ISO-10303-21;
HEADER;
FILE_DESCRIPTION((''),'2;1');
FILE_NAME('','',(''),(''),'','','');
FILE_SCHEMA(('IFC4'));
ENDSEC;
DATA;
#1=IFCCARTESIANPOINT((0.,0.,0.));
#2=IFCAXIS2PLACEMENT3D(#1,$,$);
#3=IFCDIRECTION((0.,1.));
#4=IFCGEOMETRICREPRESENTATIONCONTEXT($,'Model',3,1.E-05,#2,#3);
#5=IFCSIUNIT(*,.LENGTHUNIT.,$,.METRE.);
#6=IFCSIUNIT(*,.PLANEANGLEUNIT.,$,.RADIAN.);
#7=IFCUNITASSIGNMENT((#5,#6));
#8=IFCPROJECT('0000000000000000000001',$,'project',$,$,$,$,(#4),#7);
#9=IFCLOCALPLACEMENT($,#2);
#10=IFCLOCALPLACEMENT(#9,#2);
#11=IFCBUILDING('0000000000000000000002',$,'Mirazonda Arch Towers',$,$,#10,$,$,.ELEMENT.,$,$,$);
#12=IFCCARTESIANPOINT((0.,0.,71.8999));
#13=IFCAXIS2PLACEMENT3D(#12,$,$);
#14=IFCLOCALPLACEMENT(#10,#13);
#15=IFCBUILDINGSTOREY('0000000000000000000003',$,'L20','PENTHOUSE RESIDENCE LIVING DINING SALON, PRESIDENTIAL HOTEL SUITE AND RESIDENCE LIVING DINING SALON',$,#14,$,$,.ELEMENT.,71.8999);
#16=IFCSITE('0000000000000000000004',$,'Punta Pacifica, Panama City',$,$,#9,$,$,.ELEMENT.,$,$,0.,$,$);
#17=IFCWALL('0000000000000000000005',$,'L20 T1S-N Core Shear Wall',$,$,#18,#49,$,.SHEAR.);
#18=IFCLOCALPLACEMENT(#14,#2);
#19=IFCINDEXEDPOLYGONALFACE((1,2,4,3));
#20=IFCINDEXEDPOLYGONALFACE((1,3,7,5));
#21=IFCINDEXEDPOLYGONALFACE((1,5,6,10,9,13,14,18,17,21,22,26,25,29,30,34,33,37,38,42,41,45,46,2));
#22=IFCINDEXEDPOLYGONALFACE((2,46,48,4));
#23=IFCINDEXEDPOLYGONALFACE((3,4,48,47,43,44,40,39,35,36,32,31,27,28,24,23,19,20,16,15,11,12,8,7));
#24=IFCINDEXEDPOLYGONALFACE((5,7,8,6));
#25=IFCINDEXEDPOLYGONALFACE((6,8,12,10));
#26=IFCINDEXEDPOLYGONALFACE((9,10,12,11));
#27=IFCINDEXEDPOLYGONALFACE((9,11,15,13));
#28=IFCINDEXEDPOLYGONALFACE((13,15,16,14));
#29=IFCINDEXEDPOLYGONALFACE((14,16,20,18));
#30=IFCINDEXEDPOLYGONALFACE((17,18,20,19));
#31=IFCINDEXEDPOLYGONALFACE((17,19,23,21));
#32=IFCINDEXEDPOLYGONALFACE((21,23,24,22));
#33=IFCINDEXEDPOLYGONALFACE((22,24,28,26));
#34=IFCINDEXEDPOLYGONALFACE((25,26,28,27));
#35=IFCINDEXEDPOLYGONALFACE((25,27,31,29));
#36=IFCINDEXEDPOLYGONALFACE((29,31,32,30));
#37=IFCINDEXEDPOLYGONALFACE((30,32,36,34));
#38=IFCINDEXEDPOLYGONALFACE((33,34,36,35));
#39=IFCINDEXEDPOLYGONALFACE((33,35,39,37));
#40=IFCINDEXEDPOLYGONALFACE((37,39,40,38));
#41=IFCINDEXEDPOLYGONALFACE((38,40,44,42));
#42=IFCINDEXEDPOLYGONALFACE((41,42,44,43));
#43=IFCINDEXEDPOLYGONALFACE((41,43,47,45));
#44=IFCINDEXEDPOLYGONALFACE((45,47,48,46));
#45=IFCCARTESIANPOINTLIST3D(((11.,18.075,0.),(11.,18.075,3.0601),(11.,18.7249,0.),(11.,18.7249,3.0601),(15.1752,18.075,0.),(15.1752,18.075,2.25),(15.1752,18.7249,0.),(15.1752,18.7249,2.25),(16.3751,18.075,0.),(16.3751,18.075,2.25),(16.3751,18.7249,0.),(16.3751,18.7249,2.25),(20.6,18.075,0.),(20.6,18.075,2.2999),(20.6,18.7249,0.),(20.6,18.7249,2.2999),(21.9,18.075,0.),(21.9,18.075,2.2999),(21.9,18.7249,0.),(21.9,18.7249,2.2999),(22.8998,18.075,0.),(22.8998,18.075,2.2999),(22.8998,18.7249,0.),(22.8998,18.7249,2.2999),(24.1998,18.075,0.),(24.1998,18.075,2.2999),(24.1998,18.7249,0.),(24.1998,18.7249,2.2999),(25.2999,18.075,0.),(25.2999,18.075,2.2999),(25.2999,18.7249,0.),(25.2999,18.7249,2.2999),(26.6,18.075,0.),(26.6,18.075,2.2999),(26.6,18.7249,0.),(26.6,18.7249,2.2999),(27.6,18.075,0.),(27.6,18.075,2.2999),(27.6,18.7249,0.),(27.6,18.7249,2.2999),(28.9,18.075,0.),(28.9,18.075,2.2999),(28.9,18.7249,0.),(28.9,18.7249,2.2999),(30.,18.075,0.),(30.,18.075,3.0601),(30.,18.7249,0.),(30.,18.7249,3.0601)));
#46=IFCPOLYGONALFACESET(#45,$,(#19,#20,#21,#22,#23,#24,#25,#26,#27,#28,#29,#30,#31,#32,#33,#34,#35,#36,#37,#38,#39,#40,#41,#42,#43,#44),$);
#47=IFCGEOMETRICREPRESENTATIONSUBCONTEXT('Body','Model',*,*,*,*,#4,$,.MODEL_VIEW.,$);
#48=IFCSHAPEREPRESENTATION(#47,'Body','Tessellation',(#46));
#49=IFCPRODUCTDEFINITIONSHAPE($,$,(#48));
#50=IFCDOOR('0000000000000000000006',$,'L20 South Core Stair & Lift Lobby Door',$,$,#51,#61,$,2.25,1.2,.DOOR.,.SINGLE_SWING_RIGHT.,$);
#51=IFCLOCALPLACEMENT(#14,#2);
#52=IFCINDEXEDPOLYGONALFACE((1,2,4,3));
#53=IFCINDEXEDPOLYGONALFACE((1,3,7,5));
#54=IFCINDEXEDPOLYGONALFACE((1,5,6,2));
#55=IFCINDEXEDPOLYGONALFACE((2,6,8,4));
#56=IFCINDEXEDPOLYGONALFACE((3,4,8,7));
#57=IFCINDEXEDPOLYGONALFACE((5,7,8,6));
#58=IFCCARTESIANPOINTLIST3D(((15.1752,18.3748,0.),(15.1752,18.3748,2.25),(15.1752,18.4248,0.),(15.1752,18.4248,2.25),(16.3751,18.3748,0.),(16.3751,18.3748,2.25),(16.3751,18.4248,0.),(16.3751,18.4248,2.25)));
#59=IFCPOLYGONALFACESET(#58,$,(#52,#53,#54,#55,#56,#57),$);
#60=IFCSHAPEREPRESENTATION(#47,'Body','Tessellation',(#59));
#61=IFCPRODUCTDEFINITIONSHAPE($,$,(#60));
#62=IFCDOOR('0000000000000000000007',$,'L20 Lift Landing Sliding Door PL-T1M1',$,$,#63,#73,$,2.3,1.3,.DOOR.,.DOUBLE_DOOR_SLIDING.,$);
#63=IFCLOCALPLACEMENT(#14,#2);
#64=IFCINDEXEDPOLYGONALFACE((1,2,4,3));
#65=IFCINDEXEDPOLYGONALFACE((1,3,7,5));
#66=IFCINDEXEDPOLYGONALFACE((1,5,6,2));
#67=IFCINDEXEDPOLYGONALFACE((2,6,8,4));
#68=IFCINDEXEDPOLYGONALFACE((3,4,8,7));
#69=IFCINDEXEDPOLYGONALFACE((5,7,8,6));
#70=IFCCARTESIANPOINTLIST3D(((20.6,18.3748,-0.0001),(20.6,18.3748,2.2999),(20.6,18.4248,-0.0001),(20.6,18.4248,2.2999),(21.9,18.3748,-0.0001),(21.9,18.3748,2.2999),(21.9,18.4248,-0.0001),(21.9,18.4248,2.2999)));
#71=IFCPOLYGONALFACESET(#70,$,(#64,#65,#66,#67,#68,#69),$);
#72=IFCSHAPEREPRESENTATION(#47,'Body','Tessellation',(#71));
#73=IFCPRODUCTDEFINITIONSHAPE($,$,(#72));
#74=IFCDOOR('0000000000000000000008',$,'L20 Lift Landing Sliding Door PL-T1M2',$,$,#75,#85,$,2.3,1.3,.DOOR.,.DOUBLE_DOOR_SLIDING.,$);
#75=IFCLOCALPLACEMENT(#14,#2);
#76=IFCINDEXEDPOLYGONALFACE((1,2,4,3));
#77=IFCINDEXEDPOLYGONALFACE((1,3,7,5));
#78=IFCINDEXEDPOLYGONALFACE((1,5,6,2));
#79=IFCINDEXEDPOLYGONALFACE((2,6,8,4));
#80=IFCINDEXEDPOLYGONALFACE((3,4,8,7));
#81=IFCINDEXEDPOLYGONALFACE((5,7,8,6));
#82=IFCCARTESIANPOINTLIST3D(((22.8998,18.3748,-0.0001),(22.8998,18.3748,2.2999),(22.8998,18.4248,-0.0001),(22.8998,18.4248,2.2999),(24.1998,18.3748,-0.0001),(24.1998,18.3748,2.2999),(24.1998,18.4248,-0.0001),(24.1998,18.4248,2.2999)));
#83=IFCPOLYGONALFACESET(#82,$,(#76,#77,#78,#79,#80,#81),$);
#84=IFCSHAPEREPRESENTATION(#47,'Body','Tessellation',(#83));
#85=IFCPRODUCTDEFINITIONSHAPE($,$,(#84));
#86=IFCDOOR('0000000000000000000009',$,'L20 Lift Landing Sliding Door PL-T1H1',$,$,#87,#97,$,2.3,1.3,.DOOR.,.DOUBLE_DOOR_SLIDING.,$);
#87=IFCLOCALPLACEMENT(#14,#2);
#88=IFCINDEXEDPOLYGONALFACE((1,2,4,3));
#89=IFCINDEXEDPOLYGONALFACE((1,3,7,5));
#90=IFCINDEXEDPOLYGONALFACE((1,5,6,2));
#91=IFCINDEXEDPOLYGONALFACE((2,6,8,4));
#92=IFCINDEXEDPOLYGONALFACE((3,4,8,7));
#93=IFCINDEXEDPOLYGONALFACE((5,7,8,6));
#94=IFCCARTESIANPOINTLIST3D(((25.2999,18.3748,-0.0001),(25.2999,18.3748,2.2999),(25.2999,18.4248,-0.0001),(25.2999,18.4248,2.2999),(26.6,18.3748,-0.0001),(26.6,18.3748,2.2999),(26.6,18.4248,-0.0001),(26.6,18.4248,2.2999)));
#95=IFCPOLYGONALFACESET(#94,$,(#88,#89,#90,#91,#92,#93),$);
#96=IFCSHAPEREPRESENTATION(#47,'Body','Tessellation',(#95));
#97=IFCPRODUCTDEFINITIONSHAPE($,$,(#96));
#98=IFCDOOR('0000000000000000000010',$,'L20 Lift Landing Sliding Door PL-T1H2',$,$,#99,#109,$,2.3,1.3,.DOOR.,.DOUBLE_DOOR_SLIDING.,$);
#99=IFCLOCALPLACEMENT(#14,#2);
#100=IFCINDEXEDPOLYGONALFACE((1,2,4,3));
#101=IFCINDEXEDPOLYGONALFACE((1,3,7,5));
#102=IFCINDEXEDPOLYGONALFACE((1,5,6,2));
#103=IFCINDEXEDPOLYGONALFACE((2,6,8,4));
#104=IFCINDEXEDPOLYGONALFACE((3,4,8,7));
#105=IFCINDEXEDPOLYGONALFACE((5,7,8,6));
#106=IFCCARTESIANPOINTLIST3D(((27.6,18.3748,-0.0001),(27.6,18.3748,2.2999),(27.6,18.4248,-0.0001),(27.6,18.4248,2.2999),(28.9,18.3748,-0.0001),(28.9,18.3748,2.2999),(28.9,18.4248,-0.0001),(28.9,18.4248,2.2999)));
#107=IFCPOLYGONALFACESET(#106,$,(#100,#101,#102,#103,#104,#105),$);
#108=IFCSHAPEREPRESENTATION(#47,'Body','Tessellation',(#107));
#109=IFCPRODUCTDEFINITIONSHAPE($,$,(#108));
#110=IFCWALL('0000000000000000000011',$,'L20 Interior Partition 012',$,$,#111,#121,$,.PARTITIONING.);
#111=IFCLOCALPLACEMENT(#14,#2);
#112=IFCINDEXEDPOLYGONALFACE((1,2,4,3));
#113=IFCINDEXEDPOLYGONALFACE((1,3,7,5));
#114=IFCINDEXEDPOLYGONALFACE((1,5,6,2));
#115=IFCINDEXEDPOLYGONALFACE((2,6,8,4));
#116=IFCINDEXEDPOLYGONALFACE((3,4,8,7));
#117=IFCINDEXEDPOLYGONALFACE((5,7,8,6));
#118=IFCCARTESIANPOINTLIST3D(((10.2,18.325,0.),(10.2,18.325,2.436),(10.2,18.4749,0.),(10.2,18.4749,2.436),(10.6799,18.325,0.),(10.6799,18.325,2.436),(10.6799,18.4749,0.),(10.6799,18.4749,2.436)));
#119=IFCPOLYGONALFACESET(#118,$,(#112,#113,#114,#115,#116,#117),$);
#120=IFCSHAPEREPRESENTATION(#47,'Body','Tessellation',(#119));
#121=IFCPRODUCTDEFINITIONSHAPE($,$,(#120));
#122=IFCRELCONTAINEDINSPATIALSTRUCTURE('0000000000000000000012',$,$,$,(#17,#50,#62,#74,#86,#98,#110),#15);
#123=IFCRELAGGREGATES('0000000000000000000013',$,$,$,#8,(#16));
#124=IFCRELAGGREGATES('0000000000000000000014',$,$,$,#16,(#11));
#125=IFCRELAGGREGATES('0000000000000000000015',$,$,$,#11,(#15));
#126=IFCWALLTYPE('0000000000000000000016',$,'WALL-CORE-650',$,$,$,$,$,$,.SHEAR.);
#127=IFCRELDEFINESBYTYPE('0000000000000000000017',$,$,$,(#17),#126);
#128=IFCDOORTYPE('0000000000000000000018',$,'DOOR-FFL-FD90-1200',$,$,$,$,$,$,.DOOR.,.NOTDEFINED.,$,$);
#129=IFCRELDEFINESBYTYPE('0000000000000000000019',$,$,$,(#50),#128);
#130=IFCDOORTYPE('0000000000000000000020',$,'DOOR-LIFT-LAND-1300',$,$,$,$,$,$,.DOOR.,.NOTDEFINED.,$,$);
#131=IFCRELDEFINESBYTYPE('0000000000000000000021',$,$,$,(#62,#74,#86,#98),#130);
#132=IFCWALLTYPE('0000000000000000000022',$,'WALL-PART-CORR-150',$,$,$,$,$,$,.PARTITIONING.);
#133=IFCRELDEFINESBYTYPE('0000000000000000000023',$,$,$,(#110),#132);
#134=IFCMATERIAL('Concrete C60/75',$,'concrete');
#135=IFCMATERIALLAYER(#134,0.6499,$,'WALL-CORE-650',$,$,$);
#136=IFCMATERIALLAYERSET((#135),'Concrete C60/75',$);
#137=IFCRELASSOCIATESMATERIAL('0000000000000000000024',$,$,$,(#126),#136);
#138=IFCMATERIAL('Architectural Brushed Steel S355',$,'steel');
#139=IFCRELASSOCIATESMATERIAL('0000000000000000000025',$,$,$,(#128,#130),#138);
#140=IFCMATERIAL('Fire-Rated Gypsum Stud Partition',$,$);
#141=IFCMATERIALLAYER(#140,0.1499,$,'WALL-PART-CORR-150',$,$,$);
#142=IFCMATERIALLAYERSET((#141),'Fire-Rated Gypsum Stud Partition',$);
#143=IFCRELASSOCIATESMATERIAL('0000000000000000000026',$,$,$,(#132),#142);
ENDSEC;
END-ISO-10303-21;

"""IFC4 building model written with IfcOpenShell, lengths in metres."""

from ifc_helpers import new_model, si_unit, direction, frame, frame_2d, origin, place, context, subcontext, project, spatial, rectangle, extrude, material, layer, layer_set, type_object, element, fill, save


model = new_model("IFC4")

# Units and contexts
model_context = context("Model", 3, precision=1e-05, world=origin(), true_north=direction((0.0, 1.0)))
body_context = subcontext(model_context, "Body", "Model", "MODEL_VIEW")
ifc_project = project(units=[si_unit("LENGTHUNIT", "METRE"), si_unit("PLANEANGLEUNIT", "RADIAN")], contexts=[model_context])

# Site, building, storey
site_placement = place(None, origin())
site = spatial("IfcSite", under=ifc_project, at=site_placement, Name="Punta Pacifica, Panama City", CompositionType="ELEMENT", RefElevation=0.0)
building_placement = place(site_placement, origin())
building = spatial("IfcBuilding", under=site, at=building_placement, Name="Mirazonda Arch Towers", CompositionType="ELEMENT")
storey_placement = place(building_placement, frame((0.0, 0.0, 71.8999)))
storey = spatial("IfcBuildingStorey", under=building, at=storey_placement, Name="L20", Description="PENTHOUSE RESIDENCE LIVING DINING SALON, PRESIDENTIAL HOTEL SUITE AND RESIDENCE LIVING DINING SALON", CompositionType="ELEMENT", Elevation=71.8999)

# Shared definitions
ifc_material_1 = material(Name="Concrete C60/75", Category="concrete")

# Shared definitions
ifc_material_2 = material(Name="Architectural Brushed Steel S355", Category="steel")

# Wall, openings, doors
ifc_layer_1 = layer(ifc_material_1, 0.6499, Name="WALL-CORE-650")
ifc_layer_set_1 = layer_set([ifc_layer_1], Name="Concrete C60/75")
wall_type_1 = type_object("IfcWallType", Name="WALL-CORE-650", PredefinedType="SHEAR", material=ifc_layer_set_1)
wall_1_placement = place(storey_placement, frame((11.0, 18.3999, 0.0), z_axis=(0.0, 0.0, 1.0), x_axis=(1.0, 0.0, 0.0)))
wall_1 = element("IfcWall", 1, at=wall_1_placement, inside=storey, type_object=wall_type_1, Name="L20 T1S-N Core Shear Wall", PredefinedType="SHEAR", context=body_context, shape_type="SweptSolid", body=[
    extrude(rectangle(XDim=19.0, YDim=0.6499, at=frame_2d((9.5, 0.0))), origin(), (0.0, 0.0, 1.0), 3.0601),
])
opening_1_placement = place(wall_1_placement, frame((4.175, 0.0, 0.0)))
opening_1 = element("IfcOpeningElement", 2, at=opening_1_placement, cuts=wall_1, PredefinedType="OPENING", context=body_context, shape_type="SweptSolid", body=[
    extrude(rectangle(XDim=1.2, YDim=2.25, at=frame_2d((0.6001, 1.125))), frame((0.0, 0.335, 0.0), z_axis=(0.0, -1.0, 0.0), x_axis=(1.0, 0.0, 0.0)), (0.0, 0.0, 1.0), 0.6699),
])
opening_2_placement = place(wall_1_placement, frame((9.6001, 0.0, 0.0)))
opening_2 = element("IfcOpeningElement", 3, at=opening_2_placement, cuts=wall_1, PredefinedType="OPENING", context=body_context, shape_type="SweptSolid", body=[
    extrude(rectangle(XDim=1.3, YDim=2.3, at=frame_2d((0.6499, 1.1499))), frame((0.0, 0.335, 0.0), z_axis=(0.0, -1.0, 0.0), x_axis=(1.0, 0.0, 0.0)), (0.0, 0.0, 1.0), 0.6699),
])
opening_3_placement = place(wall_1_placement, frame((11.8999, 0.0, 0.0)))
opening_3 = element("IfcOpeningElement", 4, at=opening_3_placement, cuts=wall_1, PredefinedType="OPENING", context=body_context, shape_type="SweptSolid", body=[
    extrude(rectangle(XDim=1.3, YDim=2.3, at=frame_2d((0.6499, 1.1499))), frame((0.0, 0.335, 0.0), z_axis=(0.0, -1.0, 0.0), x_axis=(1.0, 0.0, 0.0)), (0.0, 0.0, 1.0), 0.6699),
])
opening_4_placement = place(wall_1_placement, frame((14.3, 0.0, 0.0)))
opening_4 = element("IfcOpeningElement", 5, at=opening_4_placement, cuts=wall_1, PredefinedType="OPENING", context=body_context, shape_type="SweptSolid", body=[
    extrude(rectangle(XDim=1.3, YDim=2.3, at=frame_2d((0.6499, 1.1499))), frame((0.0, 0.335, 0.0), z_axis=(0.0, -1.0, 0.0), x_axis=(1.0, 0.0, 0.0)), (0.0, 0.0, 1.0), 0.6699),
])
opening_5_placement = place(wall_1_placement, frame((16.6001, 0.0, 0.0)))
opening_5 = element("IfcOpeningElement", 6, at=opening_5_placement, cuts=wall_1, PredefinedType="OPENING", context=body_context, shape_type="SweptSolid", body=[
    extrude(rectangle(XDim=1.3, YDim=2.3, at=frame_2d((0.6499, 1.1499))), frame((0.0, 0.335, 0.0), z_axis=(0.0, -1.0, 0.0), x_axis=(1.0, 0.0, 0.0)), (0.0, 0.0, 1.0), 0.6699),
])
door_type_1 = type_object("IfcDoorType", Name="DOOR-FFL-FD90-1200", OperationType="NOTDEFINED", PredefinedType="DOOR", material=ifc_material_2)
door_1_placement = place(opening_1_placement, origin())
door_1 = element("IfcDoor", 7, at=door_1_placement, inside=storey, type_object=door_type_1, Name="L20 South Core Stair & Lift Lobby Door", OperationType="SINGLE_SWING_RIGHT", OverallHeight=2.25, OverallWidth=1.2, PredefinedType="DOOR", context=body_context, shape_type="SweptSolid", body=[
    extrude(rectangle(XDim=1.2, YDim=2.25, at=frame_2d((0.6001, 1.125))), frame((0.0, 0.0249, 0.0), z_axis=(0.0, -1.0, 0.0), x_axis=(1.0, 0.0, 0.0)), (0.0, 0.0, 1.0), 0.05),
])
fill(opening_1, door_1)
door_type_2 = type_object("IfcDoorType", Name="DOOR-LIFT-LAND-1300", OperationType="NOTDEFINED", PredefinedType="DOOR", material=ifc_material_2)
door_2_placement = place(opening_2_placement, origin())
door_2 = element("IfcDoor", 8, at=door_2_placement, inside=storey, type_object=door_type_2, Name="L20 Lift Landing Sliding Door PL-T1M1", OperationType="DOUBLE_DOOR_SLIDING", OverallHeight=2.3, OverallWidth=1.3, PredefinedType="DOOR", context=body_context, shape_type="SweptSolid", body=[
    extrude(rectangle(XDim=1.3, YDim=2.3, at=frame_2d((0.6499, 1.1499))), frame((0.0, 0.0249, 0.0), z_axis=(0.0, -1.0, 0.0), x_axis=(1.0, 0.0, 0.0)), (0.0, 0.0, 1.0), 0.05),
])
fill(opening_2, door_2)
door_3_placement = place(opening_3_placement, origin())
door_3 = element("IfcDoor", 9, at=door_3_placement, inside=storey, type_object=door_type_2, Name="L20 Lift Landing Sliding Door PL-T1M2", OperationType="DOUBLE_DOOR_SLIDING", OverallHeight=2.3, OverallWidth=1.3, PredefinedType="DOOR", context=body_context, shape_type="SweptSolid", body=[
    extrude(rectangle(XDim=1.3, YDim=2.3, at=frame_2d((0.6499, 1.1499))), frame((0.0, 0.0249, 0.0), z_axis=(0.0, -1.0, 0.0), x_axis=(1.0, 0.0, 0.0)), (0.0, 0.0, 1.0), 0.05),
])
fill(opening_3, door_3)
door_4_placement = place(opening_4_placement, origin())
door_4 = element("IfcDoor", 10, at=door_4_placement, inside=storey, type_object=door_type_2, Name="L20 Lift Landing Sliding Door PL-T1H1", OperationType="DOUBLE_DOOR_SLIDING", OverallHeight=2.3, OverallWidth=1.3, PredefinedType="DOOR", context=body_context, shape_type="SweptSolid", body=[
    extrude(rectangle(XDim=1.3, YDim=2.3, at=frame_2d((0.6499, 1.1499))), frame((0.0, 0.0249, 0.0), z_axis=(0.0, -1.0, 0.0), x_axis=(1.0, 0.0, 0.0)), (0.0, 0.0, 1.0), 0.05),
])
fill(opening_4, door_4)
door_5_placement = place(opening_5_placement, origin())
door_5 = element("IfcDoor", 11, at=door_5_placement, inside=storey, type_object=door_type_2, Name="L20 Lift Landing Sliding Door PL-T1H2", OperationType="DOUBLE_DOOR_SLIDING", OverallHeight=2.3, OverallWidth=1.3, PredefinedType="DOOR", context=body_context, shape_type="SweptSolid", body=[
    extrude(rectangle(XDim=1.3, YDim=2.3, at=frame_2d((0.6499, 1.1499))), frame((0.0, 0.0249, 0.0), z_axis=(0.0, -1.0, 0.0), x_axis=(1.0, 0.0, 0.0)), (0.0, 0.0, 1.0), 0.05),
])
fill(opening_5, door_5)

# Wall
ifc_material_3 = material(Name="Fire-Rated Gypsum Stud Partition")
ifc_layer_2 = layer(ifc_material_3, 0.1499, Name="WALL-PART-CORR-150")
ifc_layer_set_2 = layer_set([ifc_layer_2], Name="Fire-Rated Gypsum Stud Partition")
wall_type_2 = type_object("IfcWallType", Name="WALL-PART-CORR-150", PredefinedType="PARTITIONING", material=ifc_layer_set_2)
wall_2_placement = place(storey_placement, frame((10.2, 18.3999, 0.0), z_axis=(0.0, 0.0, 1.0), x_axis=(1.0, 0.0, 0.0)))
element("IfcWall", 12, at=wall_2_placement, inside=storey, type_object=wall_type_2, Name="L20 Interior Partition 012", PredefinedType="PARTITIONING", context=body_context, shape_type="SweptSolid", body=[
    extrude(rectangle(XDim=0.48, YDim=0.1499, at=frame_2d((0.24, 0.0))), origin(), (0.0, 0.0, 1.0), 2.436),
])

save(model, "model.ifc")
